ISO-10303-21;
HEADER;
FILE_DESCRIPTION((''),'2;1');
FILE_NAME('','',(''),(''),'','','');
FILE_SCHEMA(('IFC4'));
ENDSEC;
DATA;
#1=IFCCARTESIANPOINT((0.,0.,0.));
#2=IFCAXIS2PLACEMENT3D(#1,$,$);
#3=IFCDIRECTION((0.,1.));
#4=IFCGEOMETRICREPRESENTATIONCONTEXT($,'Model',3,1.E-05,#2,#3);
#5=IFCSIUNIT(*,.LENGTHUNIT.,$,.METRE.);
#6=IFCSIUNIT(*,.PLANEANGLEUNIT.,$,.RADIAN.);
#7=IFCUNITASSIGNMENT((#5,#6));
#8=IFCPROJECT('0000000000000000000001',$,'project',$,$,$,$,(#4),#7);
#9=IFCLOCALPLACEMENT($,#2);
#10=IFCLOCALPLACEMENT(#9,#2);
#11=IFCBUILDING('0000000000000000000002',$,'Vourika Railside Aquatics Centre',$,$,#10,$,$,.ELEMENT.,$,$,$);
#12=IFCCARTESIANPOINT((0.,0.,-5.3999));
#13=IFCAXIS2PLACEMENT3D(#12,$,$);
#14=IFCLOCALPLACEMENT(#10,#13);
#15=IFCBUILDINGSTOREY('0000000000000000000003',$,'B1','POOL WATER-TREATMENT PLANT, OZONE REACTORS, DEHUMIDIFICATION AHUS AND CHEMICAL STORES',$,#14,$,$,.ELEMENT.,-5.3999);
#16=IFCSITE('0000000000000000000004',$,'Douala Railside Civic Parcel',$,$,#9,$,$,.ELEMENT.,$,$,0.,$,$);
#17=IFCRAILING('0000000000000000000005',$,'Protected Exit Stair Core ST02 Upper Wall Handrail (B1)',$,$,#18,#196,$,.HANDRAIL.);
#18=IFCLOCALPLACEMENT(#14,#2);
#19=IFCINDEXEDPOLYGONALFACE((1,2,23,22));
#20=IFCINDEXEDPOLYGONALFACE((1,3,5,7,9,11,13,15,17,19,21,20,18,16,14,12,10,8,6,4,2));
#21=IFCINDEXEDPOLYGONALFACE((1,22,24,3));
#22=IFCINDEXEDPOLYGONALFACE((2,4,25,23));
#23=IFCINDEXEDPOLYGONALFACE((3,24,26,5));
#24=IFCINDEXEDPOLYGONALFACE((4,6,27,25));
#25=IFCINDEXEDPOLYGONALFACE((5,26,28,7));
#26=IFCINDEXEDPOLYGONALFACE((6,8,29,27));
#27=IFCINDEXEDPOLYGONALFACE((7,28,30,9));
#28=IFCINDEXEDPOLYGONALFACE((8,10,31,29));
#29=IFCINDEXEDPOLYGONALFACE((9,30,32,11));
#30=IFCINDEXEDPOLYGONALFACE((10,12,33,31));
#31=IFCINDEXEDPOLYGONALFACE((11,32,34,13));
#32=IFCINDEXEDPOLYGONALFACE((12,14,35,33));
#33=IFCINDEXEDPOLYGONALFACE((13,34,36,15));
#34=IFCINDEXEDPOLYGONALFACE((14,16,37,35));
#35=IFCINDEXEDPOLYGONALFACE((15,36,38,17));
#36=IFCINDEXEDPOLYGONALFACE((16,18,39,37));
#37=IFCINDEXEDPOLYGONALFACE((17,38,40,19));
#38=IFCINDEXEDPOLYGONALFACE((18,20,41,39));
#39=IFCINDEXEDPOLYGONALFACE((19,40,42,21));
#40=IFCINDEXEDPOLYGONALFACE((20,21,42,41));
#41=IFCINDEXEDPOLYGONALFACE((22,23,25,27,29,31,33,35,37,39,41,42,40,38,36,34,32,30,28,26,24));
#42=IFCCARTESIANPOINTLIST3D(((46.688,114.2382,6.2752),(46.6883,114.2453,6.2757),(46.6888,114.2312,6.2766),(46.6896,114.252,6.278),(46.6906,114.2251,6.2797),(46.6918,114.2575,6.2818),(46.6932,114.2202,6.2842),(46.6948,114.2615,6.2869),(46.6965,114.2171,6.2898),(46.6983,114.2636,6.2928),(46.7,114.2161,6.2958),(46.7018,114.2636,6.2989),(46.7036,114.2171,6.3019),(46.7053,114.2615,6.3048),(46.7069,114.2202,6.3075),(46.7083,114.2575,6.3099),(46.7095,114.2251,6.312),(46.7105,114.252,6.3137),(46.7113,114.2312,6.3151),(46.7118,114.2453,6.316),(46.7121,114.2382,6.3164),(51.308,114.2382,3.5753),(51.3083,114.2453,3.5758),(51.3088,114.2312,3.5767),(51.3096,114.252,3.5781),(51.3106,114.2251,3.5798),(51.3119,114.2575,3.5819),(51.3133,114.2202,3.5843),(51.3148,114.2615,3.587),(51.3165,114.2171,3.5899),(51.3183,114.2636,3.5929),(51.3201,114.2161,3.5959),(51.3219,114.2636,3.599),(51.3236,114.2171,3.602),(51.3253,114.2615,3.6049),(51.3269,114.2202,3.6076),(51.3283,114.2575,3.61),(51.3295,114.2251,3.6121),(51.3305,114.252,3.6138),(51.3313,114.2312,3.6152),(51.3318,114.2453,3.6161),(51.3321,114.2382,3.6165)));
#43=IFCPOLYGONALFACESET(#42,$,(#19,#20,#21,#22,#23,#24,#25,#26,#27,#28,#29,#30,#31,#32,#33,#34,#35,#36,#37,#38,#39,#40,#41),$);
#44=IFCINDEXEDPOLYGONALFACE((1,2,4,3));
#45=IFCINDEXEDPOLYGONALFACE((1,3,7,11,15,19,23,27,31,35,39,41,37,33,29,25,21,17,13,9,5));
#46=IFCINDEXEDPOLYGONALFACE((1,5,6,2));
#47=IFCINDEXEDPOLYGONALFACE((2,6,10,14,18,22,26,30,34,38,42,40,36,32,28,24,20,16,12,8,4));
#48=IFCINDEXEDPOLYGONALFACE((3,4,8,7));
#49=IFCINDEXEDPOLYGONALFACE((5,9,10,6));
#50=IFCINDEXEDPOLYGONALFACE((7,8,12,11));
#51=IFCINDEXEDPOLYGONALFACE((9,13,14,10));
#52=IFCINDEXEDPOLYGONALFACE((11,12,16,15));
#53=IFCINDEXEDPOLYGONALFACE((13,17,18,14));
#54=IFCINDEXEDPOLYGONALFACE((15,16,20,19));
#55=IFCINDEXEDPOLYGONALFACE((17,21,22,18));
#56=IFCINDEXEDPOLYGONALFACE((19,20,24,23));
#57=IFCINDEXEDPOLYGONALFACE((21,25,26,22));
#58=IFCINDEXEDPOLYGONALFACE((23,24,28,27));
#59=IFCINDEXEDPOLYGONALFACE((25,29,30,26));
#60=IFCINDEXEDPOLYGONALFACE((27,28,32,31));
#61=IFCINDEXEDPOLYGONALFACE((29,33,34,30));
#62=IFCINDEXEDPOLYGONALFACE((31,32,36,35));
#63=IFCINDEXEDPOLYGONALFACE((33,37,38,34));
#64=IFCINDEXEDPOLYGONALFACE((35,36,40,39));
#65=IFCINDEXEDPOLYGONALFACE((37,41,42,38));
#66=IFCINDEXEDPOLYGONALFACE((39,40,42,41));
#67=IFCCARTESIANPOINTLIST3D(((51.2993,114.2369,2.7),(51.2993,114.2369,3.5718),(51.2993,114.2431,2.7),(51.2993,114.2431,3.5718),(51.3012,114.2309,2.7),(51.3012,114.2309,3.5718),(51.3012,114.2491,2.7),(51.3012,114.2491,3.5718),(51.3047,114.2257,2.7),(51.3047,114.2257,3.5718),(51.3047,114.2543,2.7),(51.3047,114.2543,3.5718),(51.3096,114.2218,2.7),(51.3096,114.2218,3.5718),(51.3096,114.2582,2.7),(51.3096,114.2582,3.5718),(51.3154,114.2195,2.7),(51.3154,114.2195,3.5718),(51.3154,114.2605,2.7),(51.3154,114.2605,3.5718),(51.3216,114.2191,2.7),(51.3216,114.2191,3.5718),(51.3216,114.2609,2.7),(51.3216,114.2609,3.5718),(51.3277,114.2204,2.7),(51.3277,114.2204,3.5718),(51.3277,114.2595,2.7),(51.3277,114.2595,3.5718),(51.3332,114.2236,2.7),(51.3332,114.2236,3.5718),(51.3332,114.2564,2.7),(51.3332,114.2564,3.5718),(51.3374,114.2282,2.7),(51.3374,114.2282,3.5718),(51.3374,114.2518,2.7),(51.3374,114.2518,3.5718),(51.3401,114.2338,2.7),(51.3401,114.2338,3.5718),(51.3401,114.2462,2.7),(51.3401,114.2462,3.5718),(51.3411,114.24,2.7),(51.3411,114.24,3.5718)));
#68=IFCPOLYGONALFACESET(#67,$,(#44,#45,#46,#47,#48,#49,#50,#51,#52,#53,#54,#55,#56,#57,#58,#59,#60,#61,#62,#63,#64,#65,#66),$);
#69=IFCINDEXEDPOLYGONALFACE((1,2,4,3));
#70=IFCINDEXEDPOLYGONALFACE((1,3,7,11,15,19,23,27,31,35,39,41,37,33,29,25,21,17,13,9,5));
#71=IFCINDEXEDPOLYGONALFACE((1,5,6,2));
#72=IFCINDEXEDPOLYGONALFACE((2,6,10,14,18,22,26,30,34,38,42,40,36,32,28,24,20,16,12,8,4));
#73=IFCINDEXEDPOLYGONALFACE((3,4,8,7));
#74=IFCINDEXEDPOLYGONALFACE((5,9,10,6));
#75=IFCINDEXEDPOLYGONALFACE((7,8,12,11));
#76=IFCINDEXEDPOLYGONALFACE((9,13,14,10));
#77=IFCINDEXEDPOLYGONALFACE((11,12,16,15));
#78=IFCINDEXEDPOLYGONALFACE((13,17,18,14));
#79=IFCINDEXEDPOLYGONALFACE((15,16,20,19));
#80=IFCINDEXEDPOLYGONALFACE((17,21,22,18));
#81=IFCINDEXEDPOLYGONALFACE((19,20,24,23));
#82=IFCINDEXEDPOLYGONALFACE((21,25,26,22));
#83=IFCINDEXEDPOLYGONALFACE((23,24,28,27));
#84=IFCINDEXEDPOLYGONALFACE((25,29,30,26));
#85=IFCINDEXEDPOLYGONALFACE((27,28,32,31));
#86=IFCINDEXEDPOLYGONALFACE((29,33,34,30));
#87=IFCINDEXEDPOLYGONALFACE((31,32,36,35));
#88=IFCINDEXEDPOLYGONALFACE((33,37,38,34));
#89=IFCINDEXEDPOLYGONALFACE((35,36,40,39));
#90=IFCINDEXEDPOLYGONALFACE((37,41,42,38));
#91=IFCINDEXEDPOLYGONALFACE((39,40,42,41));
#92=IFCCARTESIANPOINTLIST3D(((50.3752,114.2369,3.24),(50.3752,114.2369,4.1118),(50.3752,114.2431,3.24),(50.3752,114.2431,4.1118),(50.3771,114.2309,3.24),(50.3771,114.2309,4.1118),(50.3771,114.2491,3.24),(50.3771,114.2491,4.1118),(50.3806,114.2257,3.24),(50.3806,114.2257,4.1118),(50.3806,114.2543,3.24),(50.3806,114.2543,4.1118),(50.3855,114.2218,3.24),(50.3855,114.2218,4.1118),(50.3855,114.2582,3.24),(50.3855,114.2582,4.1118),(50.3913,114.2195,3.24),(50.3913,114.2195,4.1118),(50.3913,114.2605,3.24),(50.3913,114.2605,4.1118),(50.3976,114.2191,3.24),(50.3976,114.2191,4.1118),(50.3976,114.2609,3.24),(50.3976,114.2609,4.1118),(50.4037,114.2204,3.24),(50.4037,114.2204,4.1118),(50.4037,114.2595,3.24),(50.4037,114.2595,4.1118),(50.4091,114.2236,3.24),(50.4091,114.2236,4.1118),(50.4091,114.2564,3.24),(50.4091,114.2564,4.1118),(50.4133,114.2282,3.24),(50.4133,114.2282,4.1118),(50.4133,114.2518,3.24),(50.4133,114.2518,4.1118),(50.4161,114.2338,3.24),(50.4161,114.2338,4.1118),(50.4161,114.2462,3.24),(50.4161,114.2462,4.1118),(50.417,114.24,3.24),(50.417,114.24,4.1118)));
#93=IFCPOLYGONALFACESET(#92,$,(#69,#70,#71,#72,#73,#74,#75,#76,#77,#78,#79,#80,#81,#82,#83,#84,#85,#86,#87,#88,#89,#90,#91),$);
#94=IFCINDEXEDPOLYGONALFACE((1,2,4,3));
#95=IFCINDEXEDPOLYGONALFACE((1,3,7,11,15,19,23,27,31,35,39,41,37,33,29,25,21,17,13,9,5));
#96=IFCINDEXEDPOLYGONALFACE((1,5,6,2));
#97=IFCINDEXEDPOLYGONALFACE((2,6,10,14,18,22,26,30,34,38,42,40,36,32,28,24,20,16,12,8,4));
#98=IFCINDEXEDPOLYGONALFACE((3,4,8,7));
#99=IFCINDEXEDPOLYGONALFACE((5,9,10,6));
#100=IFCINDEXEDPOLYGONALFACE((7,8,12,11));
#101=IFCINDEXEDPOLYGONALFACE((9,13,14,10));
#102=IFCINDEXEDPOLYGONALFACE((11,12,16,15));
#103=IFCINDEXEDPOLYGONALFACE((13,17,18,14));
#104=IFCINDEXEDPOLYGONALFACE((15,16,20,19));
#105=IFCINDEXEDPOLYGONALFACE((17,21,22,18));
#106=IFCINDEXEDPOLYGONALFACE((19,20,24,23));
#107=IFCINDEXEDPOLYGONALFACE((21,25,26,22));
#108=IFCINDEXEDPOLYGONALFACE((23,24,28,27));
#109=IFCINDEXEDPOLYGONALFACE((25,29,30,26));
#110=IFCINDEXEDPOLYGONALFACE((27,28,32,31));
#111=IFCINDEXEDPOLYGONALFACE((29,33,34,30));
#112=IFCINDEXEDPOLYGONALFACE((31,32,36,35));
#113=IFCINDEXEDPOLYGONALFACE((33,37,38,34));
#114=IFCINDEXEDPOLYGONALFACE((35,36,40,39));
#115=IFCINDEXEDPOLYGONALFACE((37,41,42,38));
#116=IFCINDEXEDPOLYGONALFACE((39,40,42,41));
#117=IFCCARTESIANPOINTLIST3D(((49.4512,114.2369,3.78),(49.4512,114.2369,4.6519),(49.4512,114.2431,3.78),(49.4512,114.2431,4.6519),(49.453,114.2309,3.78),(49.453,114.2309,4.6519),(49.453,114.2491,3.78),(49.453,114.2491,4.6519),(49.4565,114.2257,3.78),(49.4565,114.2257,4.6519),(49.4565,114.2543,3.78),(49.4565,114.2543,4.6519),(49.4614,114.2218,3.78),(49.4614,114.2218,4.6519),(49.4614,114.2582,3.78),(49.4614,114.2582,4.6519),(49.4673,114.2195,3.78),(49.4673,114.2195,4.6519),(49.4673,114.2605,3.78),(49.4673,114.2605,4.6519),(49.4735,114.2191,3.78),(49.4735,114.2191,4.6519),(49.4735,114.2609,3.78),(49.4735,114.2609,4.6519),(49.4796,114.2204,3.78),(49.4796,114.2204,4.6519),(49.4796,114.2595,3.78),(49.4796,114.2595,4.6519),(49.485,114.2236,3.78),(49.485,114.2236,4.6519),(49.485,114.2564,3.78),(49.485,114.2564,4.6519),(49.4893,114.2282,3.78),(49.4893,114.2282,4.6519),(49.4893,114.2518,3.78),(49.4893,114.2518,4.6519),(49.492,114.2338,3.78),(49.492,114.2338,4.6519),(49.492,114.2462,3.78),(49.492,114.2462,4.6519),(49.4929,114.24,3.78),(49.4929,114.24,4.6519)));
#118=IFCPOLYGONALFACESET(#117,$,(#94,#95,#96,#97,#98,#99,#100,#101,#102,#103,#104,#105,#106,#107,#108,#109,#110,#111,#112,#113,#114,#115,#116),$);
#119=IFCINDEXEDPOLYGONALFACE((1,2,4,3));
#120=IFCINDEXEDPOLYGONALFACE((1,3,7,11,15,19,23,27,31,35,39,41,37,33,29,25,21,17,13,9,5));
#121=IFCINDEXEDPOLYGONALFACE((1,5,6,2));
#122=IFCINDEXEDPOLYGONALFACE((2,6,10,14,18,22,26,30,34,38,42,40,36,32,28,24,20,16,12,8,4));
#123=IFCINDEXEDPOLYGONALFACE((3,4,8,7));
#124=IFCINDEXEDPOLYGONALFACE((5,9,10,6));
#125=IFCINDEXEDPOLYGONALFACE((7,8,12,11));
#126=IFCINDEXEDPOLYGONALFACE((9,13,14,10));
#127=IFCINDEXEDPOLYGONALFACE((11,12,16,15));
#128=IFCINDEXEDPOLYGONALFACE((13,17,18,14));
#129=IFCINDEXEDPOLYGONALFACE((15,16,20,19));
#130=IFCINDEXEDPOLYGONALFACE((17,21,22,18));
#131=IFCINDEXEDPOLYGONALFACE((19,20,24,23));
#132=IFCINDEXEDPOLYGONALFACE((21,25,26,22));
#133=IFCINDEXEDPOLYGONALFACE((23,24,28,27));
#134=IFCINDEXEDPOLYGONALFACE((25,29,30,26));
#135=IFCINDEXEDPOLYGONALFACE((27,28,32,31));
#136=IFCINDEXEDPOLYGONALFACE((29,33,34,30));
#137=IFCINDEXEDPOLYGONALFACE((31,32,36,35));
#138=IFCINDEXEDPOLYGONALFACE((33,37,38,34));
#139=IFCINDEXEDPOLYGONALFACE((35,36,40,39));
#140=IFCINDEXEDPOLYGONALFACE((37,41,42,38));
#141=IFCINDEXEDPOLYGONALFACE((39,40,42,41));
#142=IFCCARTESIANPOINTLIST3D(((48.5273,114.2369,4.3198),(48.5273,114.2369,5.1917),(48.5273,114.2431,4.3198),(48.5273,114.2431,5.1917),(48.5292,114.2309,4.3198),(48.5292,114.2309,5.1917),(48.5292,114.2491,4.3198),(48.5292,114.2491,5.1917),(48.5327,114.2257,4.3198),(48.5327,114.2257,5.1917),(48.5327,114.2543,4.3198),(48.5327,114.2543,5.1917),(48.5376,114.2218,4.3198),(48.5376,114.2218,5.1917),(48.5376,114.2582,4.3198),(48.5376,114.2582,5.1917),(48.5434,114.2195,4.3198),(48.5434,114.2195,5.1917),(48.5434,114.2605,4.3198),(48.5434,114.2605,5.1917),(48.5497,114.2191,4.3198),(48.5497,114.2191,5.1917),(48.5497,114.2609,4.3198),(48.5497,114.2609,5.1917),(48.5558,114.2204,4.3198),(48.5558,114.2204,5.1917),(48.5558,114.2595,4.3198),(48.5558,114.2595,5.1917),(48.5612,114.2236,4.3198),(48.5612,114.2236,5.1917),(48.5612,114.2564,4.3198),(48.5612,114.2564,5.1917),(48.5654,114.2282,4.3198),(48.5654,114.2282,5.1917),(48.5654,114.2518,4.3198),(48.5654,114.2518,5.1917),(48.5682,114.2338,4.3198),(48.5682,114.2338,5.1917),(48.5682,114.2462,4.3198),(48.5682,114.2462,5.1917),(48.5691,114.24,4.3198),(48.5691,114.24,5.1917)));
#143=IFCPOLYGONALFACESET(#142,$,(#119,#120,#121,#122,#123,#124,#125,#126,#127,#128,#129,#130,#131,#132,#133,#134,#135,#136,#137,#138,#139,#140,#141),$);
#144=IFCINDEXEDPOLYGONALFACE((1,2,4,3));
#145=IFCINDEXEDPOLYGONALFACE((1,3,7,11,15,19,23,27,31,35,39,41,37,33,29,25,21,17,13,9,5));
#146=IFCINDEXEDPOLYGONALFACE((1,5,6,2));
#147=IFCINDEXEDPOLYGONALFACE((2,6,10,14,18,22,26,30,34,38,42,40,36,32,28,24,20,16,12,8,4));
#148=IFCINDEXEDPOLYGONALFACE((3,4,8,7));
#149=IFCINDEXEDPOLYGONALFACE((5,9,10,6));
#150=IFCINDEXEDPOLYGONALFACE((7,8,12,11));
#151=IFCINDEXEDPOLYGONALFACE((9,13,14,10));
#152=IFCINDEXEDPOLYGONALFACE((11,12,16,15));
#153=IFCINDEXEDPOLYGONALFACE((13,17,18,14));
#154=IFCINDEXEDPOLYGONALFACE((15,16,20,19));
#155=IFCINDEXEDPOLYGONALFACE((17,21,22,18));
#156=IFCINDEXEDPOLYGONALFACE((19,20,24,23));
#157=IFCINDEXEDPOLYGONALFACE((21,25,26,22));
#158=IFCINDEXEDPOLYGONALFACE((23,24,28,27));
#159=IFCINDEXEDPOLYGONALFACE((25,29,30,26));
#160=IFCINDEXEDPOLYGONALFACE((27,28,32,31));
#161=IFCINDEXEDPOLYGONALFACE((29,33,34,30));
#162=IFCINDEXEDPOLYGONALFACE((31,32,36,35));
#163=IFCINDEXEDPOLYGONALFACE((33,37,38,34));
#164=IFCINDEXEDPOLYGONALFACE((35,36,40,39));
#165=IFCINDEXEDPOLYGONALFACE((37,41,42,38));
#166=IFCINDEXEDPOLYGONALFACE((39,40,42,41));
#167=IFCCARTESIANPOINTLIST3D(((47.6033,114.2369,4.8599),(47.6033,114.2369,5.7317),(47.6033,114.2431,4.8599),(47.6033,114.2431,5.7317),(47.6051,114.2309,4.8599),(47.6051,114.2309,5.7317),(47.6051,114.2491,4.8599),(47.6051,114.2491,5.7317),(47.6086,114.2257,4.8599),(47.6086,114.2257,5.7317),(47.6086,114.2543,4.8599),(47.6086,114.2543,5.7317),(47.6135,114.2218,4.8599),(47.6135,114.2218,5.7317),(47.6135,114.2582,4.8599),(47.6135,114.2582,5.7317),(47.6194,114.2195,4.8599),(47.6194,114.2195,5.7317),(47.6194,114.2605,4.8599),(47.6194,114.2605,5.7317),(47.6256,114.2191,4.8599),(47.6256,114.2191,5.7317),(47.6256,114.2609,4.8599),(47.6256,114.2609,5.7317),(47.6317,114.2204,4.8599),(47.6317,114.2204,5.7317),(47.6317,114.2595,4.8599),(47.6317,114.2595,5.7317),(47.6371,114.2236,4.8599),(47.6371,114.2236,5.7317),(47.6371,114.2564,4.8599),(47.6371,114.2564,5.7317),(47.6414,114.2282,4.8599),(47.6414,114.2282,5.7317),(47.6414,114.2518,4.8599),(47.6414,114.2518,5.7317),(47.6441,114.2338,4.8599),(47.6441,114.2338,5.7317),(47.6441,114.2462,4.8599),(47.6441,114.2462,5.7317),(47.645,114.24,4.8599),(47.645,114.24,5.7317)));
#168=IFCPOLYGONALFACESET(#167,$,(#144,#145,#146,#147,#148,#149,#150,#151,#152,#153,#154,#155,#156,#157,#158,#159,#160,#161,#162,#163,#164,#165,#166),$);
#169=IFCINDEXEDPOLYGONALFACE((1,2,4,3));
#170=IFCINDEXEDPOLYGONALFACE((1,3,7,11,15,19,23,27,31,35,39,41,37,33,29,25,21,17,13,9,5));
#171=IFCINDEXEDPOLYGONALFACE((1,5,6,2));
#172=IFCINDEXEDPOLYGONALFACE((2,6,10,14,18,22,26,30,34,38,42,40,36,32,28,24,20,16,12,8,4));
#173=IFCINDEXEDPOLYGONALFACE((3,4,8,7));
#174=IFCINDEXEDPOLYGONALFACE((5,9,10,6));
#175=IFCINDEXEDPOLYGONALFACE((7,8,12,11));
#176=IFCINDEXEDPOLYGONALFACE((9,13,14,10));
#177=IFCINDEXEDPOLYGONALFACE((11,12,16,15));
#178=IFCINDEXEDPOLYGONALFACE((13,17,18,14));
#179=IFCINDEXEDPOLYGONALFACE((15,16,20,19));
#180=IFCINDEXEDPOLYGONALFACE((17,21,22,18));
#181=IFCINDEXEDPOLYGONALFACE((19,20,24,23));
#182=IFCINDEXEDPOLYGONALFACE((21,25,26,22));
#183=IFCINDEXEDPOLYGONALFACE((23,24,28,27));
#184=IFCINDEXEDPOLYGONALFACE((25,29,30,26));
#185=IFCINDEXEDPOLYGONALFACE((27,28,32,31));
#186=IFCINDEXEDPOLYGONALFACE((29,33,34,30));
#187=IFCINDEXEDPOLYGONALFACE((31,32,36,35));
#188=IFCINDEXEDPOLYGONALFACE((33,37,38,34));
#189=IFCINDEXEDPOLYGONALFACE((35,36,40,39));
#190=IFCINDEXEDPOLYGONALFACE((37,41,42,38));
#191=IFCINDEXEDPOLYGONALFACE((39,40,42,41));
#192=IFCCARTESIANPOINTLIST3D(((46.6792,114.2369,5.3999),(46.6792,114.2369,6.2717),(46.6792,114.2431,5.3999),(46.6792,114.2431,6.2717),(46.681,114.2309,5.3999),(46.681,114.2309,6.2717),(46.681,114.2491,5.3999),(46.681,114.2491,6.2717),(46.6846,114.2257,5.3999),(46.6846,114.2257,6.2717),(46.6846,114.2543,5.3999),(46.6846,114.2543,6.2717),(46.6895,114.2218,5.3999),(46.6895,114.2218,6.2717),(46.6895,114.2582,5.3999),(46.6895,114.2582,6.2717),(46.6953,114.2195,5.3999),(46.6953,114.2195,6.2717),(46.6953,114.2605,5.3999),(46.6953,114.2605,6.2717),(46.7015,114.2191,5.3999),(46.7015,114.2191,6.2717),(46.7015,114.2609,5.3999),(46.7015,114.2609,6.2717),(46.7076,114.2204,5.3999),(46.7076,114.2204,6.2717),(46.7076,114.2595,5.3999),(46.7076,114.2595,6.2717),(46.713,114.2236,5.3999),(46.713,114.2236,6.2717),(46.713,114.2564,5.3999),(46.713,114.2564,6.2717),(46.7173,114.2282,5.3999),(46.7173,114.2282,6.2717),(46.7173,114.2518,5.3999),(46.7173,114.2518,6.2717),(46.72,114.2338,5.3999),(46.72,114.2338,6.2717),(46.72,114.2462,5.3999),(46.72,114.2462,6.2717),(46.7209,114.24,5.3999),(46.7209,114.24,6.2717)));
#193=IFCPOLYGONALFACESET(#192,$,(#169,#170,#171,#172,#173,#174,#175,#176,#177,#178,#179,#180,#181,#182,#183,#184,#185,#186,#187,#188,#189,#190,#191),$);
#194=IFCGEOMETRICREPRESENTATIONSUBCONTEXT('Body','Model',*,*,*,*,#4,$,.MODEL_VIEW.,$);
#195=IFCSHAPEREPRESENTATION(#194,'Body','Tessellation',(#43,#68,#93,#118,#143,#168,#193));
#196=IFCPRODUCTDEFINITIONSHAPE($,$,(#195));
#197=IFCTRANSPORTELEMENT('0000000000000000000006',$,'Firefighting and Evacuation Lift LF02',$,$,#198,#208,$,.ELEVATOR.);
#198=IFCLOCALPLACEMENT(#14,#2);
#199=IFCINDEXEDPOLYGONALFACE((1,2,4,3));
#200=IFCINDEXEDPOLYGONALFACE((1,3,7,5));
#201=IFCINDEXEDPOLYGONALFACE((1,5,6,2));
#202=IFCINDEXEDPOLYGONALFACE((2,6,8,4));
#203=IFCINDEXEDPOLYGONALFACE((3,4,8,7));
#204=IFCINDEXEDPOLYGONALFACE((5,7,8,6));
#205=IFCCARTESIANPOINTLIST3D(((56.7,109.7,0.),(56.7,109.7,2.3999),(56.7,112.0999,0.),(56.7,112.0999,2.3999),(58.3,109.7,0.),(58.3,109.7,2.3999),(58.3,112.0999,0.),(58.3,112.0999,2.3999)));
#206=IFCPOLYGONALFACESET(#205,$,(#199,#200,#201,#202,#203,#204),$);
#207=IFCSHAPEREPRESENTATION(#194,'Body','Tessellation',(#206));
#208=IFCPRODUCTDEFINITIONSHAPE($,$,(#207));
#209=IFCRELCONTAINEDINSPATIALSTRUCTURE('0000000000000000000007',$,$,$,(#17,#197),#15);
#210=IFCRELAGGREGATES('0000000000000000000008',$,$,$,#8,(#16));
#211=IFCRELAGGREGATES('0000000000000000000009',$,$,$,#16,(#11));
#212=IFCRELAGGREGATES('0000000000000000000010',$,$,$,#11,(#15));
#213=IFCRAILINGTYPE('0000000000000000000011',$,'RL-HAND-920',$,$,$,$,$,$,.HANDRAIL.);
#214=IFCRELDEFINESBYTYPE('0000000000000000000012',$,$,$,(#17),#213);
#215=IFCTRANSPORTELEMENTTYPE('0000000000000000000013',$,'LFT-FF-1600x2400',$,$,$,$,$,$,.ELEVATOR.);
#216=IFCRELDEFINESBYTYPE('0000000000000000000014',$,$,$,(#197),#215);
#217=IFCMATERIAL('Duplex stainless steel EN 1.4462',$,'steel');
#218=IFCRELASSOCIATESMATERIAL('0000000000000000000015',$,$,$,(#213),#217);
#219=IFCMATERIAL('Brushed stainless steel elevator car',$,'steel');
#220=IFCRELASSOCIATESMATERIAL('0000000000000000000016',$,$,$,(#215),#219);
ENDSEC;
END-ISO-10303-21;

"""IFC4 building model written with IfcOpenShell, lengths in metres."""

from ifc_helpers import new_model, si_unit, direction, frame, origin, origin_2d, place, context, subcontext, project, spatial, rectangle, circle, extrude, material, type_object, element, save


model = new_model("IFC4")

# Units and contexts
model_context = context("Model", 3, precision=1e-05, world=origin(), true_north=direction((0.0, 1.0)))
body_context = subcontext(model_context, "Body", "Model", "MODEL_VIEW")
ifc_project = project(units=[si_unit("LENGTHUNIT", "METRE"), si_unit("PLANEANGLEUNIT", "RADIAN")], contexts=[model_context])

# Site, building, storey
site_placement = place(None, origin())
site = spatial("IfcSite", under=ifc_project, at=site_placement, Name="Douala Railside Civic Parcel", CompositionType="ELEMENT", RefElevation=0.0)
building_placement = place(site_placement, origin())
building = spatial("IfcBuilding", under=site, at=building_placement, Name="Vourika Railside Aquatics Centre", CompositionType="ELEMENT")
storey_placement = place(building_placement, frame((0.0, 0.0, -5.3999)))
storey = spatial("IfcBuildingStorey", under=building, at=storey_placement, Name="B1", Description="POOL WATER-TREATMENT PLANT, OZONE REACTORS, DEHUMIDIFICATION AHUS AND CHEMICAL STORES", CompositionType="ELEMENT", Elevation=-5.3999)

# Railing
ifc_material_1 = material(Name="Duplex stainless steel EN 1.4462", Category="steel")
railing_type_1 = type_object("IfcRailingType", Name="RL-HAND-920", PredefinedType="HANDRAIL", material=ifc_material_1)
railing_1_placement = place(storey_placement, frame((51.3201, 114.24, 2.7)))
element("IfcRailing", 1, at=railing_1_placement, inside=storey, type_object=railing_type_1, Name="Protected Exit Stair Core ST02 Upper Wall Handrail (B1)", PredefinedType="HANDRAIL", context=body_context, shape_type="SweptSolid", body=[
    extrude(circle(Radius=0.0239, at=origin_2d()), frame((0.0, 0.0, 0.896), z_axis=(-0.863381, 0.0, 0.504552), x_axis=(0.0, -1.0, 0.0)), (0.0, 0.0, 1.0), 5.3511),
    extrude(circle(Radius=0.021, at=origin_2d()), origin(), (0.0, 0.0, 1.0), 0.8718),
    extrude(circle(Radius=0.021, at=origin_2d()), frame((-0.9241, 0.0, 0.54)), (0.0, 0.0, 1.0), 0.8718),
    extrude(circle(Radius=0.021, at=origin_2d()), frame((-1.8481, 0.0, 1.0801)), (0.0, 0.0, 1.0), 0.8718),
    extrude(circle(Radius=0.021, at=origin_2d()), frame((-2.772, 0.0, 1.6199)), (0.0, 0.0, 1.0), 0.8718),
    extrude(circle(Radius=0.021, at=origin_2d()), frame((-3.696, 0.0, 2.1599)), (0.0, 0.0, 1.0), 0.8718),
    extrude(circle(Radius=0.021, at=origin_2d()), frame((-4.6201, 0.0, 2.7)), (0.0, 0.0, 1.0), 0.8718),
])

# Transport element
ifc_material_2 = material(Name="Brushed stainless steel elevator car", Category="steel")
transport_element_type = type_object("IfcTransportElementType", Name="LFT-FF-1600x2400", PredefinedType="ELEVATOR", material=ifc_material_2)
transport_element_placement = place(storey_placement, frame((57.5, 110.8999, 0.0), z_axis=(0.0, 0.0, 1.0), x_axis=(1.0, 0.0, 0.0)))
element("IfcTransportElement", 2, at=transport_element_placement, inside=storey, type_object=transport_element_type, Name="Firefighting and Evacuation Lift LF02", PredefinedType="ELEVATOR", context=body_context, shape_type="SweptSolid", body=[
    extrude(rectangle(XDim=1.6001, YDim=2.3999, at=origin_2d()), origin(), (0.0, 0.0, 1.0), 2.3999),
])

save(model, "model.ifc")
